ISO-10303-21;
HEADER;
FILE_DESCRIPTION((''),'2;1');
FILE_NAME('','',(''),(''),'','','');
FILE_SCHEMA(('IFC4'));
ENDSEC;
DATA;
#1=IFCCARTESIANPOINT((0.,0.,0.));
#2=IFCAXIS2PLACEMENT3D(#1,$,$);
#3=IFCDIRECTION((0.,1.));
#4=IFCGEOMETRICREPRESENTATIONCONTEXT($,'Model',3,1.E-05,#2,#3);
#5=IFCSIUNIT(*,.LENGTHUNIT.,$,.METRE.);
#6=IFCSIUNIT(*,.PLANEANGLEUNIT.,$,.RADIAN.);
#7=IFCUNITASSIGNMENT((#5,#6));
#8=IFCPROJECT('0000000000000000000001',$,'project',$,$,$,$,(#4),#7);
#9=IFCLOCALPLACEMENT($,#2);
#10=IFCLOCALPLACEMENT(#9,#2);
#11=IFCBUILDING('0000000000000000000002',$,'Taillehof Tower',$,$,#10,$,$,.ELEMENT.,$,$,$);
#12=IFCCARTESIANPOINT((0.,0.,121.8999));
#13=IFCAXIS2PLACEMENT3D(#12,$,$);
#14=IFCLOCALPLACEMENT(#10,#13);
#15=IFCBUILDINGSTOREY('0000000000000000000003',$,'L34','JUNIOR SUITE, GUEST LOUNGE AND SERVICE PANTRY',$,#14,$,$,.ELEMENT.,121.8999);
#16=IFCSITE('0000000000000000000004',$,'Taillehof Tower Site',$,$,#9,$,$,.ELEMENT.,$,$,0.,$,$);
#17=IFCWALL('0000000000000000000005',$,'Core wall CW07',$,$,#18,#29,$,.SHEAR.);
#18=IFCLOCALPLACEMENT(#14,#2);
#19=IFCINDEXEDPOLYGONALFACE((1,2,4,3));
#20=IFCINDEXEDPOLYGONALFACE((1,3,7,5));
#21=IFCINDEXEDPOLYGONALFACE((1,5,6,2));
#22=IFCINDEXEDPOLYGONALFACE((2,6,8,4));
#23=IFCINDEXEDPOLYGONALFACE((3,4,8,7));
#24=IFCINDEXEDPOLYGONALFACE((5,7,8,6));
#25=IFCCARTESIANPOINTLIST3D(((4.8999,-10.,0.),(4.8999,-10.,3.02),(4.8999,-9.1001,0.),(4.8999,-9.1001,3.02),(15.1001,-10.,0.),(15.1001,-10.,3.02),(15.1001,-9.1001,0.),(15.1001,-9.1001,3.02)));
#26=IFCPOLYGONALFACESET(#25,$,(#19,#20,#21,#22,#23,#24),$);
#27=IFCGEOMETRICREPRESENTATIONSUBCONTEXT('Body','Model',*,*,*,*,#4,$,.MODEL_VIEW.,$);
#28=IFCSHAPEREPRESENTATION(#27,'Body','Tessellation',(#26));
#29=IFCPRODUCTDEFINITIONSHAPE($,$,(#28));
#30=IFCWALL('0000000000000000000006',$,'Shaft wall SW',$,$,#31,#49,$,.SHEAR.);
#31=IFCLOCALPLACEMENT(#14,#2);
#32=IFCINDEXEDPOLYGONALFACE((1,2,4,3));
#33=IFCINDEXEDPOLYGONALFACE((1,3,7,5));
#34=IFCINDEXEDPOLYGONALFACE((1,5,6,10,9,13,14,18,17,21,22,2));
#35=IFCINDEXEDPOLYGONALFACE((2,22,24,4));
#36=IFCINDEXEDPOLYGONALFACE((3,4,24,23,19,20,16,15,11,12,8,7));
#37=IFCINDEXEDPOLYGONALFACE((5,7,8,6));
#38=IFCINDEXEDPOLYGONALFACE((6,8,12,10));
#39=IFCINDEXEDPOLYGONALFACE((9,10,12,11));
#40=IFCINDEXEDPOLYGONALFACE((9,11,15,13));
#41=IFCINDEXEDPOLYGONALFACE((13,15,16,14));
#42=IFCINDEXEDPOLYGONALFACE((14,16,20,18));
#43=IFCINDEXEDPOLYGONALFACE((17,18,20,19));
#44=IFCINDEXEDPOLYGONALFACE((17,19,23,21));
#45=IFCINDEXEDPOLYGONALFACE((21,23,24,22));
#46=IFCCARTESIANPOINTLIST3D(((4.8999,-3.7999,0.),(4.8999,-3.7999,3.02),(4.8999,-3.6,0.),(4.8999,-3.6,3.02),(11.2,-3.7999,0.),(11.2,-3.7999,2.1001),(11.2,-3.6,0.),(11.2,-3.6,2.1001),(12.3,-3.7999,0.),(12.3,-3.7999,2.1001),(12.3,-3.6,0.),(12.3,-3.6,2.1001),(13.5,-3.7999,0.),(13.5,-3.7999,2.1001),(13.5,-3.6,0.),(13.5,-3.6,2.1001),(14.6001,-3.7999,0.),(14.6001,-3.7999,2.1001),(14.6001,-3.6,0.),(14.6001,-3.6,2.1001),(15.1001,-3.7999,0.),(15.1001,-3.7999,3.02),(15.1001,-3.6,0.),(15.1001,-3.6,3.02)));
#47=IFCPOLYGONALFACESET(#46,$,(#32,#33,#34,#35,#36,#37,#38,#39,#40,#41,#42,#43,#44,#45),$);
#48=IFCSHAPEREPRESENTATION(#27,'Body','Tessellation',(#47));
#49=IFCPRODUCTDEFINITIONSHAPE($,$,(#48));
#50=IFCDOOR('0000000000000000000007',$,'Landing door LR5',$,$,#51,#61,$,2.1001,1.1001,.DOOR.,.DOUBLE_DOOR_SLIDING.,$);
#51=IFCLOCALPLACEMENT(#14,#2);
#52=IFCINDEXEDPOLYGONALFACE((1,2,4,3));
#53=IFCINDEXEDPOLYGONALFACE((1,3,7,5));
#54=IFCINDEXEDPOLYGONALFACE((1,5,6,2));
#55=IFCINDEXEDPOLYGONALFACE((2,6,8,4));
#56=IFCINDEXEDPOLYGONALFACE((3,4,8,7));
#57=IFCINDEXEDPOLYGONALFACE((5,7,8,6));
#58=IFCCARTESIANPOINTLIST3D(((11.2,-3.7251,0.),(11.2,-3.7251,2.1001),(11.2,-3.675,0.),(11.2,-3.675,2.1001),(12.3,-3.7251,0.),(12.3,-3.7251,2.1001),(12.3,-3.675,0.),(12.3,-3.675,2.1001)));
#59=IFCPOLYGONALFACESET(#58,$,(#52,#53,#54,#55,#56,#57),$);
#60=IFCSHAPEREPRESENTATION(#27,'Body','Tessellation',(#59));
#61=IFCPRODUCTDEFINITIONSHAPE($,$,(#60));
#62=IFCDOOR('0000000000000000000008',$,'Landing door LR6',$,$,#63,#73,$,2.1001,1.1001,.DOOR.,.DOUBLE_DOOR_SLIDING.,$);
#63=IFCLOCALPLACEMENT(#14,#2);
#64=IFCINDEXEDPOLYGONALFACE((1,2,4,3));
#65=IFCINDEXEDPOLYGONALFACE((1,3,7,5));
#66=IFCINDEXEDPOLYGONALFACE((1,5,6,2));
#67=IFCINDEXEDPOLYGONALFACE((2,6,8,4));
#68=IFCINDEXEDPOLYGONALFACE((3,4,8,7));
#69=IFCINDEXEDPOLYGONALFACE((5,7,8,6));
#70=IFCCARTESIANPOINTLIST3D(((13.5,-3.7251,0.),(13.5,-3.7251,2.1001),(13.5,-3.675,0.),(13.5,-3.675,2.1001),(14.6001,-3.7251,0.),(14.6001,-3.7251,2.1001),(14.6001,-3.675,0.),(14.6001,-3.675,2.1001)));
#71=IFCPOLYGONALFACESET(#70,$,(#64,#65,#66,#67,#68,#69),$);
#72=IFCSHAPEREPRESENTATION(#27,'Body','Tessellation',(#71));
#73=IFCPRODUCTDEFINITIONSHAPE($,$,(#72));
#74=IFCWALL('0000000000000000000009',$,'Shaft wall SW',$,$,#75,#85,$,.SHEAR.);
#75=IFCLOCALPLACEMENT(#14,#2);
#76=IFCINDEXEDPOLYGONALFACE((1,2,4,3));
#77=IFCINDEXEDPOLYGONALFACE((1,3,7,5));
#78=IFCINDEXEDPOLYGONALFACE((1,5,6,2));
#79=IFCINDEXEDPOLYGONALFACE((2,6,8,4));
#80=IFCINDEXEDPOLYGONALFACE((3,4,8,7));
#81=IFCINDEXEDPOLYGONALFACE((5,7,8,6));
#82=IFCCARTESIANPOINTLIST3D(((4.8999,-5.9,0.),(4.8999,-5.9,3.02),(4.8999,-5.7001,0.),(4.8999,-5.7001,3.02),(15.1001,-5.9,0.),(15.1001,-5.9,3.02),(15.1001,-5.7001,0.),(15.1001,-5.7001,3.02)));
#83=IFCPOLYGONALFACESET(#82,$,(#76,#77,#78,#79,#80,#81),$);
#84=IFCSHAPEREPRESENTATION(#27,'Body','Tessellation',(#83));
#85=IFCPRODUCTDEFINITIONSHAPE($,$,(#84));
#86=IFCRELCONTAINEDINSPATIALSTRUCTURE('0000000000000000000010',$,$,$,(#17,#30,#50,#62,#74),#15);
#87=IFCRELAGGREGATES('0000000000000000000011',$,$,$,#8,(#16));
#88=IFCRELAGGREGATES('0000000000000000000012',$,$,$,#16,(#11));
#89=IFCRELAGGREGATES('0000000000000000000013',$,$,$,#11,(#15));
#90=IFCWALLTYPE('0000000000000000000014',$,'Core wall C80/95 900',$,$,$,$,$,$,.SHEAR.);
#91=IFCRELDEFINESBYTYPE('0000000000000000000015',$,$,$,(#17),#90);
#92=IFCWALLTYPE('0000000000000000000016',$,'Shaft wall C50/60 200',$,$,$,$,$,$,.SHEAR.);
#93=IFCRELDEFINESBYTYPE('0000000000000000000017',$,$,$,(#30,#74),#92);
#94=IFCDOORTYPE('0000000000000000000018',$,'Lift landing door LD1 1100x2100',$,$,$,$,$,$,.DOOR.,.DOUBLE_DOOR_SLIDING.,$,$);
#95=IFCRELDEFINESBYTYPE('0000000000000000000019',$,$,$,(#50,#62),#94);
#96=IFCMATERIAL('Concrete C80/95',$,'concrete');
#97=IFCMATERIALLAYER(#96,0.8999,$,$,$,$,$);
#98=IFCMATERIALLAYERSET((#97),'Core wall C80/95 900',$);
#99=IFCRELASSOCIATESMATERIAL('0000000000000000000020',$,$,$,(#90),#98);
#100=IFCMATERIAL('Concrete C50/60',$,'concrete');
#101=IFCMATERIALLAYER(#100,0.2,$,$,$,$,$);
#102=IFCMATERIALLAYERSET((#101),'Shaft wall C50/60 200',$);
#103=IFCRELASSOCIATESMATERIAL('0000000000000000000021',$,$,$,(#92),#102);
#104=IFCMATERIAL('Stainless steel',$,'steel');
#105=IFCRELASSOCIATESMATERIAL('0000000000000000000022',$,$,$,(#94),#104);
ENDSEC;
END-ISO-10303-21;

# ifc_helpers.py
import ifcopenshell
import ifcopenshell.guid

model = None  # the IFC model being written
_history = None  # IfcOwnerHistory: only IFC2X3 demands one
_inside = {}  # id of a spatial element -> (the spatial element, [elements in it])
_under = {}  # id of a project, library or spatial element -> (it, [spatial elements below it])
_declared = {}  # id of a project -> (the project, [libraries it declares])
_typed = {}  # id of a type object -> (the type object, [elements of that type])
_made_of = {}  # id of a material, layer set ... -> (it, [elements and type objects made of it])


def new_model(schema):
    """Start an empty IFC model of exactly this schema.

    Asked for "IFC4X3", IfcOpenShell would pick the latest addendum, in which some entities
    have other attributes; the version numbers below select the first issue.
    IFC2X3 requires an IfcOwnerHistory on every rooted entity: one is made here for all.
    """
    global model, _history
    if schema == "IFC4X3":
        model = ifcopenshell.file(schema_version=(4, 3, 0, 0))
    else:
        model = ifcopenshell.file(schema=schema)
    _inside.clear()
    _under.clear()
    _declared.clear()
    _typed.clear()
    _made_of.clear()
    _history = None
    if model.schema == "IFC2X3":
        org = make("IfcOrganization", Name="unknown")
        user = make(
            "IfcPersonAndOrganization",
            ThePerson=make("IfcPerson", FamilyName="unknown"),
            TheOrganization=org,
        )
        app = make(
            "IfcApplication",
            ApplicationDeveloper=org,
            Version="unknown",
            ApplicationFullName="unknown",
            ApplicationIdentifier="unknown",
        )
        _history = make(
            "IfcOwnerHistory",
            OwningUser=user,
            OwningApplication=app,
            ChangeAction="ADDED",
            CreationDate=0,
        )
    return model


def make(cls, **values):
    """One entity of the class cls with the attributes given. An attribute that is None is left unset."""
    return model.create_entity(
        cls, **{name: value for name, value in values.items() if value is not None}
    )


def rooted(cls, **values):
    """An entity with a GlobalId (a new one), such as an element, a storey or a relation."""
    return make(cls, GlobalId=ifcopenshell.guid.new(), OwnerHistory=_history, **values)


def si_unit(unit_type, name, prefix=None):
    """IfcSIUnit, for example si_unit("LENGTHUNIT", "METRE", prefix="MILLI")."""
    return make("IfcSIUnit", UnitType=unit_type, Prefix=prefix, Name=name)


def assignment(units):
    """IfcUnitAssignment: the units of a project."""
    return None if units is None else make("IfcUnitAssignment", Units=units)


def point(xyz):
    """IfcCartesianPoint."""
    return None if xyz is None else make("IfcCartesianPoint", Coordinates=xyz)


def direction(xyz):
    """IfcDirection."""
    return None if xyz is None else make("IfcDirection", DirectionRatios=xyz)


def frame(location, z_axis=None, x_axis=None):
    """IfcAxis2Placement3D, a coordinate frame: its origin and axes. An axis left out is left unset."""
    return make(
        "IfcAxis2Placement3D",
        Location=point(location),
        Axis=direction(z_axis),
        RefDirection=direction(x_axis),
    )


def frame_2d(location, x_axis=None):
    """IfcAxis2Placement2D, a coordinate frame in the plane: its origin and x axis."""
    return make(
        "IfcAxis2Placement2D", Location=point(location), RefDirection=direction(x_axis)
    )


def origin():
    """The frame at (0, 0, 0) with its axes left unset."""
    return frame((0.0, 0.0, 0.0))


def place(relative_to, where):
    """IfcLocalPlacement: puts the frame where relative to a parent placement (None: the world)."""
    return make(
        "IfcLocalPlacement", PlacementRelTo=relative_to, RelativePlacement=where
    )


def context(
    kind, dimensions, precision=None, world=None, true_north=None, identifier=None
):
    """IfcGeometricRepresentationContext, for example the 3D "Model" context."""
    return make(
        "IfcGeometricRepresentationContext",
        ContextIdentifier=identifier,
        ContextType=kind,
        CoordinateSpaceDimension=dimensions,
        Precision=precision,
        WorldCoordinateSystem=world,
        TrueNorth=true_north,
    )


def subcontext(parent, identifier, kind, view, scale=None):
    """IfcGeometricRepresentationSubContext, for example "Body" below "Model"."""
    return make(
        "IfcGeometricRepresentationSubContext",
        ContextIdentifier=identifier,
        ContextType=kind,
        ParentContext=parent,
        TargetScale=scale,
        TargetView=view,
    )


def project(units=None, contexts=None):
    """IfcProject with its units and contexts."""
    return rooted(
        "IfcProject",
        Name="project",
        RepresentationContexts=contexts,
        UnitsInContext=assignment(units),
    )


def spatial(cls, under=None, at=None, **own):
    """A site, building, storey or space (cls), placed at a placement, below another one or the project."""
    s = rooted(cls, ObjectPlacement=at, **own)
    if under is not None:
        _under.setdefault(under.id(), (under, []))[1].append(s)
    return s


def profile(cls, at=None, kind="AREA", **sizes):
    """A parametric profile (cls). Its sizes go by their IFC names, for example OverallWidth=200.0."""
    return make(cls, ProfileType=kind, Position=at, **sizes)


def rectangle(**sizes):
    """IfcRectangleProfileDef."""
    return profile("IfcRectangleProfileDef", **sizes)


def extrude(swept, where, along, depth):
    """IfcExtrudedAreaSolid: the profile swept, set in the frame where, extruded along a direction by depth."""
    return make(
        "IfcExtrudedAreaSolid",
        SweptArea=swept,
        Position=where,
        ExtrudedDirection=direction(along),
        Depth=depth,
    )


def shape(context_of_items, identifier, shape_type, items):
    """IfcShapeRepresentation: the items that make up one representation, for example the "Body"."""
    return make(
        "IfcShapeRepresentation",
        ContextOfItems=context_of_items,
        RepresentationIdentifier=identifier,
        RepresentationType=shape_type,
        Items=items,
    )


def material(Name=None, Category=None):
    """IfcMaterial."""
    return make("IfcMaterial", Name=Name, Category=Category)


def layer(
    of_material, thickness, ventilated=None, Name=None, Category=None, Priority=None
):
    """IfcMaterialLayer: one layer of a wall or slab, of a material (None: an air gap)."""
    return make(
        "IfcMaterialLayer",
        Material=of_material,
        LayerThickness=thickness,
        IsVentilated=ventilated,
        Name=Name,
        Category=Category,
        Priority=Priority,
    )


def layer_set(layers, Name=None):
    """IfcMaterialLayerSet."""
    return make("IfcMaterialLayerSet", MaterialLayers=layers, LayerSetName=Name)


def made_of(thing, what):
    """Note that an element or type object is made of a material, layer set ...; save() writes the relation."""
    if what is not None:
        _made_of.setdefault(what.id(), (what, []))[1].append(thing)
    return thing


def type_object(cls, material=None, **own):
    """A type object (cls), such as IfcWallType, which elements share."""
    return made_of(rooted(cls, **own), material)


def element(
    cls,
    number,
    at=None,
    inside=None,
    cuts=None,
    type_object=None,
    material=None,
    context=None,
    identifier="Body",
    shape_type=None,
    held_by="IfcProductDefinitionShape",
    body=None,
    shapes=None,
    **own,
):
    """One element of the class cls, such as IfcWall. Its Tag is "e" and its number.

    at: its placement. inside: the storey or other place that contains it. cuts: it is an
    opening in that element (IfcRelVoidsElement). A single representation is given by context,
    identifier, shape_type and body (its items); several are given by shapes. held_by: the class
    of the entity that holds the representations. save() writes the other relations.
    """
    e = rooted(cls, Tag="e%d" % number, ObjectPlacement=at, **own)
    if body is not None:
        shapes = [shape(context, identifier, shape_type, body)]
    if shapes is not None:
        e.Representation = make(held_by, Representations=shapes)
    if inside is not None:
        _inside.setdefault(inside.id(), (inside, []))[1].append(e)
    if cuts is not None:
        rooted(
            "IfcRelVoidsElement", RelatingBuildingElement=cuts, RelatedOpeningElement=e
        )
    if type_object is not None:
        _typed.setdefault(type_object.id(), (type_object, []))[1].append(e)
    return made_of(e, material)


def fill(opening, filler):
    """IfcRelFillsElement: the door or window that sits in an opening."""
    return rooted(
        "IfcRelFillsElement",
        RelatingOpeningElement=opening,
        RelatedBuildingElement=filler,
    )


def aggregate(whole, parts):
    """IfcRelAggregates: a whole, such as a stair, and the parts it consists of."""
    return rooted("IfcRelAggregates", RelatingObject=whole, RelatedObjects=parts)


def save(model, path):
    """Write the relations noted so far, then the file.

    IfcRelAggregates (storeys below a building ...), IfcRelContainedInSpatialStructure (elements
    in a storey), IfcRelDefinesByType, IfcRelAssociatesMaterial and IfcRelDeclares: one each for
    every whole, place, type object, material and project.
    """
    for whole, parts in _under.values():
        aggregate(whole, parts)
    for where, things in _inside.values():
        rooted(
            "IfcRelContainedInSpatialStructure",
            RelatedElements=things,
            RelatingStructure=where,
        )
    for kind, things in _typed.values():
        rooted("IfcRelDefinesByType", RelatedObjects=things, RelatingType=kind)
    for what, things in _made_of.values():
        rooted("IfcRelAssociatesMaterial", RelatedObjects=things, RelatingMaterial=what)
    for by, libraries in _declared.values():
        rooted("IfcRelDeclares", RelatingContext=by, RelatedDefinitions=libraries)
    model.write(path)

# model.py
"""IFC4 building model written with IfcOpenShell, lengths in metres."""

from ifc_helpers import new_model, si_unit, direction, frame, frame_2d, origin, place, context, subcontext, project, spatial, rectangle, extrude, material, layer, layer_set, type_object, element, fill, save


model = new_model("IFC4")

# Units and contexts
model_context = context("Model", 3, precision=1e-05, world=origin(), true_north=direction((0.0, 1.0)))
body_context = subcontext(model_context, "Body", "Model", "MODEL_VIEW")
ifc_project = project(units=[si_unit("LENGTHUNIT", "METRE"), si_unit("PLANEANGLEUNIT", "RADIAN")], contexts=[model_context])

# Site, building, storey
site_placement = place(None, origin())
site = spatial("IfcSite", under=ifc_project, at=site_placement, Name="Taillehof Tower Site", CompositionType="ELEMENT", RefElevation=0.0)
building_placement = place(site_placement, origin())
building = spatial("IfcBuilding", under=site, at=building_placement, Name="Taillehof Tower", CompositionType="ELEMENT")
storey_placement = place(building_placement, frame((0.0, 0.0, 121.8999)))
storey = spatial("IfcBuildingStorey", under=building, at=storey_placement, Name="L34", Description="JUNIOR SUITE, GUEST LOUNGE AND SERVICE PANTRY", CompositionType="ELEMENT", Elevation=121.8999)

# Shared definitions
ifc_material_1 = material(Name="Concrete C80/95", Category="concrete")
ifc_layer_1 = layer(ifc_material_1, 0.8999)
ifc_layer_set_1 = layer_set([ifc_layer_1], Name="Core wall C80/95 900")
wall_type_1 = type_object("IfcWallType", Name="Core wall C80/95 900", PredefinedType="SHEAR", material=ifc_layer_set_1)

# Wall
wall_1_placement = place(storey_placement, frame((4.8999, -9.55, 0.0), z_axis=(0.0, 0.0, 1.0), x_axis=(1.0, 0.0, 0.0)))
element("IfcWall", 1, at=wall_1_placement, inside=storey, type_object=wall_type_1, Name="Core wall CW07", PredefinedType="SHEAR", context=body_context, shape_type="SweptSolid", body=[
    extrude(rectangle(XDim=10.2002, YDim=0.8999, at=frame_2d((5.1001, 0.0))), origin(), (0.0, 0.0, 1.0), 3.02),
])

# Wall, openings, doors
ifc_material_2 = material(Name="Concrete C50/60", Category="concrete")
ifc_layer_2 = layer(ifc_material_2, 0.2)
ifc_layer_set_2 = layer_set([ifc_layer_2], Name="Shaft wall C50/60 200")
wall_type_2 = type_object("IfcWallType", Name="Shaft wall C50/60 200", PredefinedType="SHEAR", material=ifc_layer_set_2)
wall_2_placement = place(storey_placement, frame((4.8999, -3.7, 0.0), z_axis=(0.0, 0.0, 1.0), x_axis=(1.0, 0.0, 0.0)))
wall_2 = element("IfcWall", 2, at=wall_2_placement, inside=storey, type_object=wall_type_2, Name="Shaft wall SW", PredefinedType="SHEAR", context=body_context, shape_type="SweptSolid", body=[
    extrude(rectangle(XDim=10.2002, YDim=0.2, at=frame_2d((5.1001, 0.0))), origin(), (0.0, 0.0, 1.0), 3.02),
])
opening_1_placement = place(wall_2_placement, frame((6.3, 0.0, 0.0)))
opening_1 = element("IfcOpeningElement", 3, at=opening_1_placement, cuts=wall_2, PredefinedType="OPENING", context=body_context, shape_type="SweptSolid", body=[
    extrude(rectangle(XDim=1.1001, YDim=2.1001, at=frame_2d((0.55, 1.05))), frame((0.0, 0.1099, 0.0), z_axis=(0.0, -1.0, 0.0), x_axis=(1.0, 0.0, 0.0)), (0.0, 0.0, 1.0), 0.22),
])
opening_2_placement = place(wall_2_placement, frame((8.6001, 0.0, 0.0)))
opening_2 = element("IfcOpeningElement", 4, at=opening_2_placement, cuts=wall_2, PredefinedType="OPENING", context=body_context, shape_type="SweptSolid", body=[
    extrude(rectangle(XDim=1.1001, YDim=2.1001, at=frame_2d((0.55, 1.05))), frame((0.0, 0.1099, 0.0), z_axis=(0.0, -1.0, 0.0), x_axis=(1.0, 0.0, 0.0)), (0.0, 0.0, 1.0), 0.22),
])
ifc_material_3 = material(Name="Stainless steel", Category="steel")
door_type_1 = type_object("IfcDoorType", Name="Lift landing door LD1 1100x2100", OperationType="DOUBLE_DOOR_SLIDING", PredefinedType="DOOR", material=ifc_material_3)
door_1_placement = place(opening_1_placement, origin())
door_1 = element("IfcDoor", 5, at=door_1_placement, inside=storey, type_object=door_type_1, Name="Landing door LR5", OperationType="DOUBLE_DOOR_SLIDING", OverallHeight=2.1001, OverallWidth=1.1001, PredefinedType="DOOR", context=body_context, shape_type="SweptSolid", body=[
    extrude(rectangle(XDim=1.1001, YDim=2.1001, at=frame_2d((0.55, 1.05))), frame((0.0, 0.0249, 0.0), z_axis=(0.0, -1.0, 0.0), x_axis=(1.0, 0.0, 0.0)), (0.0, 0.0, 1.0), 0.05),
])
fill(opening_1, door_1)
door_2_placement = place(opening_2_placement, origin())
door_2 = element("IfcDoor", 6, at=door_2_placement, inside=storey, type_object=door_type_1, Name="Landing door LR6", OperationType="DOUBLE_DOOR_SLIDING", OverallHeight=2.1001, OverallWidth=1.1001, PredefinedType="DOOR", context=body_context, shape_type="SweptSolid", body=[
    extrude(rectangle(XDim=1.1001, YDim=2.1001, at=frame_2d((0.55, 1.05))), frame((0.0, 0.0249, 0.0), z_axis=(0.0, -1.0, 0.0), x_axis=(1.0, 0.0, 0.0)), (0.0, 0.0, 1.0), 0.05),
])
fill(opening_2, door_2)

# Wall
wall_3_placement = place(storey_placement, frame((4.8999, -5.8, 0.0), z_axis=(0.0, 0.0, 1.0), x_axis=(1.0, 0.0, 0.0)))
element("IfcWall", 7, at=wall_3_placement, inside=storey, type_object=wall_type_2, Name="Shaft wall SW", PredefinedType="SHEAR", context=body_context, shape_type="SweptSolid", body=[
    extrude(rectangle(XDim=10.2002, YDim=0.2, at=frame_2d((5.1001, 0.0))), origin(), (0.0, 0.0, 1.0), 3.02),
])

save(model, "model.ifc")
